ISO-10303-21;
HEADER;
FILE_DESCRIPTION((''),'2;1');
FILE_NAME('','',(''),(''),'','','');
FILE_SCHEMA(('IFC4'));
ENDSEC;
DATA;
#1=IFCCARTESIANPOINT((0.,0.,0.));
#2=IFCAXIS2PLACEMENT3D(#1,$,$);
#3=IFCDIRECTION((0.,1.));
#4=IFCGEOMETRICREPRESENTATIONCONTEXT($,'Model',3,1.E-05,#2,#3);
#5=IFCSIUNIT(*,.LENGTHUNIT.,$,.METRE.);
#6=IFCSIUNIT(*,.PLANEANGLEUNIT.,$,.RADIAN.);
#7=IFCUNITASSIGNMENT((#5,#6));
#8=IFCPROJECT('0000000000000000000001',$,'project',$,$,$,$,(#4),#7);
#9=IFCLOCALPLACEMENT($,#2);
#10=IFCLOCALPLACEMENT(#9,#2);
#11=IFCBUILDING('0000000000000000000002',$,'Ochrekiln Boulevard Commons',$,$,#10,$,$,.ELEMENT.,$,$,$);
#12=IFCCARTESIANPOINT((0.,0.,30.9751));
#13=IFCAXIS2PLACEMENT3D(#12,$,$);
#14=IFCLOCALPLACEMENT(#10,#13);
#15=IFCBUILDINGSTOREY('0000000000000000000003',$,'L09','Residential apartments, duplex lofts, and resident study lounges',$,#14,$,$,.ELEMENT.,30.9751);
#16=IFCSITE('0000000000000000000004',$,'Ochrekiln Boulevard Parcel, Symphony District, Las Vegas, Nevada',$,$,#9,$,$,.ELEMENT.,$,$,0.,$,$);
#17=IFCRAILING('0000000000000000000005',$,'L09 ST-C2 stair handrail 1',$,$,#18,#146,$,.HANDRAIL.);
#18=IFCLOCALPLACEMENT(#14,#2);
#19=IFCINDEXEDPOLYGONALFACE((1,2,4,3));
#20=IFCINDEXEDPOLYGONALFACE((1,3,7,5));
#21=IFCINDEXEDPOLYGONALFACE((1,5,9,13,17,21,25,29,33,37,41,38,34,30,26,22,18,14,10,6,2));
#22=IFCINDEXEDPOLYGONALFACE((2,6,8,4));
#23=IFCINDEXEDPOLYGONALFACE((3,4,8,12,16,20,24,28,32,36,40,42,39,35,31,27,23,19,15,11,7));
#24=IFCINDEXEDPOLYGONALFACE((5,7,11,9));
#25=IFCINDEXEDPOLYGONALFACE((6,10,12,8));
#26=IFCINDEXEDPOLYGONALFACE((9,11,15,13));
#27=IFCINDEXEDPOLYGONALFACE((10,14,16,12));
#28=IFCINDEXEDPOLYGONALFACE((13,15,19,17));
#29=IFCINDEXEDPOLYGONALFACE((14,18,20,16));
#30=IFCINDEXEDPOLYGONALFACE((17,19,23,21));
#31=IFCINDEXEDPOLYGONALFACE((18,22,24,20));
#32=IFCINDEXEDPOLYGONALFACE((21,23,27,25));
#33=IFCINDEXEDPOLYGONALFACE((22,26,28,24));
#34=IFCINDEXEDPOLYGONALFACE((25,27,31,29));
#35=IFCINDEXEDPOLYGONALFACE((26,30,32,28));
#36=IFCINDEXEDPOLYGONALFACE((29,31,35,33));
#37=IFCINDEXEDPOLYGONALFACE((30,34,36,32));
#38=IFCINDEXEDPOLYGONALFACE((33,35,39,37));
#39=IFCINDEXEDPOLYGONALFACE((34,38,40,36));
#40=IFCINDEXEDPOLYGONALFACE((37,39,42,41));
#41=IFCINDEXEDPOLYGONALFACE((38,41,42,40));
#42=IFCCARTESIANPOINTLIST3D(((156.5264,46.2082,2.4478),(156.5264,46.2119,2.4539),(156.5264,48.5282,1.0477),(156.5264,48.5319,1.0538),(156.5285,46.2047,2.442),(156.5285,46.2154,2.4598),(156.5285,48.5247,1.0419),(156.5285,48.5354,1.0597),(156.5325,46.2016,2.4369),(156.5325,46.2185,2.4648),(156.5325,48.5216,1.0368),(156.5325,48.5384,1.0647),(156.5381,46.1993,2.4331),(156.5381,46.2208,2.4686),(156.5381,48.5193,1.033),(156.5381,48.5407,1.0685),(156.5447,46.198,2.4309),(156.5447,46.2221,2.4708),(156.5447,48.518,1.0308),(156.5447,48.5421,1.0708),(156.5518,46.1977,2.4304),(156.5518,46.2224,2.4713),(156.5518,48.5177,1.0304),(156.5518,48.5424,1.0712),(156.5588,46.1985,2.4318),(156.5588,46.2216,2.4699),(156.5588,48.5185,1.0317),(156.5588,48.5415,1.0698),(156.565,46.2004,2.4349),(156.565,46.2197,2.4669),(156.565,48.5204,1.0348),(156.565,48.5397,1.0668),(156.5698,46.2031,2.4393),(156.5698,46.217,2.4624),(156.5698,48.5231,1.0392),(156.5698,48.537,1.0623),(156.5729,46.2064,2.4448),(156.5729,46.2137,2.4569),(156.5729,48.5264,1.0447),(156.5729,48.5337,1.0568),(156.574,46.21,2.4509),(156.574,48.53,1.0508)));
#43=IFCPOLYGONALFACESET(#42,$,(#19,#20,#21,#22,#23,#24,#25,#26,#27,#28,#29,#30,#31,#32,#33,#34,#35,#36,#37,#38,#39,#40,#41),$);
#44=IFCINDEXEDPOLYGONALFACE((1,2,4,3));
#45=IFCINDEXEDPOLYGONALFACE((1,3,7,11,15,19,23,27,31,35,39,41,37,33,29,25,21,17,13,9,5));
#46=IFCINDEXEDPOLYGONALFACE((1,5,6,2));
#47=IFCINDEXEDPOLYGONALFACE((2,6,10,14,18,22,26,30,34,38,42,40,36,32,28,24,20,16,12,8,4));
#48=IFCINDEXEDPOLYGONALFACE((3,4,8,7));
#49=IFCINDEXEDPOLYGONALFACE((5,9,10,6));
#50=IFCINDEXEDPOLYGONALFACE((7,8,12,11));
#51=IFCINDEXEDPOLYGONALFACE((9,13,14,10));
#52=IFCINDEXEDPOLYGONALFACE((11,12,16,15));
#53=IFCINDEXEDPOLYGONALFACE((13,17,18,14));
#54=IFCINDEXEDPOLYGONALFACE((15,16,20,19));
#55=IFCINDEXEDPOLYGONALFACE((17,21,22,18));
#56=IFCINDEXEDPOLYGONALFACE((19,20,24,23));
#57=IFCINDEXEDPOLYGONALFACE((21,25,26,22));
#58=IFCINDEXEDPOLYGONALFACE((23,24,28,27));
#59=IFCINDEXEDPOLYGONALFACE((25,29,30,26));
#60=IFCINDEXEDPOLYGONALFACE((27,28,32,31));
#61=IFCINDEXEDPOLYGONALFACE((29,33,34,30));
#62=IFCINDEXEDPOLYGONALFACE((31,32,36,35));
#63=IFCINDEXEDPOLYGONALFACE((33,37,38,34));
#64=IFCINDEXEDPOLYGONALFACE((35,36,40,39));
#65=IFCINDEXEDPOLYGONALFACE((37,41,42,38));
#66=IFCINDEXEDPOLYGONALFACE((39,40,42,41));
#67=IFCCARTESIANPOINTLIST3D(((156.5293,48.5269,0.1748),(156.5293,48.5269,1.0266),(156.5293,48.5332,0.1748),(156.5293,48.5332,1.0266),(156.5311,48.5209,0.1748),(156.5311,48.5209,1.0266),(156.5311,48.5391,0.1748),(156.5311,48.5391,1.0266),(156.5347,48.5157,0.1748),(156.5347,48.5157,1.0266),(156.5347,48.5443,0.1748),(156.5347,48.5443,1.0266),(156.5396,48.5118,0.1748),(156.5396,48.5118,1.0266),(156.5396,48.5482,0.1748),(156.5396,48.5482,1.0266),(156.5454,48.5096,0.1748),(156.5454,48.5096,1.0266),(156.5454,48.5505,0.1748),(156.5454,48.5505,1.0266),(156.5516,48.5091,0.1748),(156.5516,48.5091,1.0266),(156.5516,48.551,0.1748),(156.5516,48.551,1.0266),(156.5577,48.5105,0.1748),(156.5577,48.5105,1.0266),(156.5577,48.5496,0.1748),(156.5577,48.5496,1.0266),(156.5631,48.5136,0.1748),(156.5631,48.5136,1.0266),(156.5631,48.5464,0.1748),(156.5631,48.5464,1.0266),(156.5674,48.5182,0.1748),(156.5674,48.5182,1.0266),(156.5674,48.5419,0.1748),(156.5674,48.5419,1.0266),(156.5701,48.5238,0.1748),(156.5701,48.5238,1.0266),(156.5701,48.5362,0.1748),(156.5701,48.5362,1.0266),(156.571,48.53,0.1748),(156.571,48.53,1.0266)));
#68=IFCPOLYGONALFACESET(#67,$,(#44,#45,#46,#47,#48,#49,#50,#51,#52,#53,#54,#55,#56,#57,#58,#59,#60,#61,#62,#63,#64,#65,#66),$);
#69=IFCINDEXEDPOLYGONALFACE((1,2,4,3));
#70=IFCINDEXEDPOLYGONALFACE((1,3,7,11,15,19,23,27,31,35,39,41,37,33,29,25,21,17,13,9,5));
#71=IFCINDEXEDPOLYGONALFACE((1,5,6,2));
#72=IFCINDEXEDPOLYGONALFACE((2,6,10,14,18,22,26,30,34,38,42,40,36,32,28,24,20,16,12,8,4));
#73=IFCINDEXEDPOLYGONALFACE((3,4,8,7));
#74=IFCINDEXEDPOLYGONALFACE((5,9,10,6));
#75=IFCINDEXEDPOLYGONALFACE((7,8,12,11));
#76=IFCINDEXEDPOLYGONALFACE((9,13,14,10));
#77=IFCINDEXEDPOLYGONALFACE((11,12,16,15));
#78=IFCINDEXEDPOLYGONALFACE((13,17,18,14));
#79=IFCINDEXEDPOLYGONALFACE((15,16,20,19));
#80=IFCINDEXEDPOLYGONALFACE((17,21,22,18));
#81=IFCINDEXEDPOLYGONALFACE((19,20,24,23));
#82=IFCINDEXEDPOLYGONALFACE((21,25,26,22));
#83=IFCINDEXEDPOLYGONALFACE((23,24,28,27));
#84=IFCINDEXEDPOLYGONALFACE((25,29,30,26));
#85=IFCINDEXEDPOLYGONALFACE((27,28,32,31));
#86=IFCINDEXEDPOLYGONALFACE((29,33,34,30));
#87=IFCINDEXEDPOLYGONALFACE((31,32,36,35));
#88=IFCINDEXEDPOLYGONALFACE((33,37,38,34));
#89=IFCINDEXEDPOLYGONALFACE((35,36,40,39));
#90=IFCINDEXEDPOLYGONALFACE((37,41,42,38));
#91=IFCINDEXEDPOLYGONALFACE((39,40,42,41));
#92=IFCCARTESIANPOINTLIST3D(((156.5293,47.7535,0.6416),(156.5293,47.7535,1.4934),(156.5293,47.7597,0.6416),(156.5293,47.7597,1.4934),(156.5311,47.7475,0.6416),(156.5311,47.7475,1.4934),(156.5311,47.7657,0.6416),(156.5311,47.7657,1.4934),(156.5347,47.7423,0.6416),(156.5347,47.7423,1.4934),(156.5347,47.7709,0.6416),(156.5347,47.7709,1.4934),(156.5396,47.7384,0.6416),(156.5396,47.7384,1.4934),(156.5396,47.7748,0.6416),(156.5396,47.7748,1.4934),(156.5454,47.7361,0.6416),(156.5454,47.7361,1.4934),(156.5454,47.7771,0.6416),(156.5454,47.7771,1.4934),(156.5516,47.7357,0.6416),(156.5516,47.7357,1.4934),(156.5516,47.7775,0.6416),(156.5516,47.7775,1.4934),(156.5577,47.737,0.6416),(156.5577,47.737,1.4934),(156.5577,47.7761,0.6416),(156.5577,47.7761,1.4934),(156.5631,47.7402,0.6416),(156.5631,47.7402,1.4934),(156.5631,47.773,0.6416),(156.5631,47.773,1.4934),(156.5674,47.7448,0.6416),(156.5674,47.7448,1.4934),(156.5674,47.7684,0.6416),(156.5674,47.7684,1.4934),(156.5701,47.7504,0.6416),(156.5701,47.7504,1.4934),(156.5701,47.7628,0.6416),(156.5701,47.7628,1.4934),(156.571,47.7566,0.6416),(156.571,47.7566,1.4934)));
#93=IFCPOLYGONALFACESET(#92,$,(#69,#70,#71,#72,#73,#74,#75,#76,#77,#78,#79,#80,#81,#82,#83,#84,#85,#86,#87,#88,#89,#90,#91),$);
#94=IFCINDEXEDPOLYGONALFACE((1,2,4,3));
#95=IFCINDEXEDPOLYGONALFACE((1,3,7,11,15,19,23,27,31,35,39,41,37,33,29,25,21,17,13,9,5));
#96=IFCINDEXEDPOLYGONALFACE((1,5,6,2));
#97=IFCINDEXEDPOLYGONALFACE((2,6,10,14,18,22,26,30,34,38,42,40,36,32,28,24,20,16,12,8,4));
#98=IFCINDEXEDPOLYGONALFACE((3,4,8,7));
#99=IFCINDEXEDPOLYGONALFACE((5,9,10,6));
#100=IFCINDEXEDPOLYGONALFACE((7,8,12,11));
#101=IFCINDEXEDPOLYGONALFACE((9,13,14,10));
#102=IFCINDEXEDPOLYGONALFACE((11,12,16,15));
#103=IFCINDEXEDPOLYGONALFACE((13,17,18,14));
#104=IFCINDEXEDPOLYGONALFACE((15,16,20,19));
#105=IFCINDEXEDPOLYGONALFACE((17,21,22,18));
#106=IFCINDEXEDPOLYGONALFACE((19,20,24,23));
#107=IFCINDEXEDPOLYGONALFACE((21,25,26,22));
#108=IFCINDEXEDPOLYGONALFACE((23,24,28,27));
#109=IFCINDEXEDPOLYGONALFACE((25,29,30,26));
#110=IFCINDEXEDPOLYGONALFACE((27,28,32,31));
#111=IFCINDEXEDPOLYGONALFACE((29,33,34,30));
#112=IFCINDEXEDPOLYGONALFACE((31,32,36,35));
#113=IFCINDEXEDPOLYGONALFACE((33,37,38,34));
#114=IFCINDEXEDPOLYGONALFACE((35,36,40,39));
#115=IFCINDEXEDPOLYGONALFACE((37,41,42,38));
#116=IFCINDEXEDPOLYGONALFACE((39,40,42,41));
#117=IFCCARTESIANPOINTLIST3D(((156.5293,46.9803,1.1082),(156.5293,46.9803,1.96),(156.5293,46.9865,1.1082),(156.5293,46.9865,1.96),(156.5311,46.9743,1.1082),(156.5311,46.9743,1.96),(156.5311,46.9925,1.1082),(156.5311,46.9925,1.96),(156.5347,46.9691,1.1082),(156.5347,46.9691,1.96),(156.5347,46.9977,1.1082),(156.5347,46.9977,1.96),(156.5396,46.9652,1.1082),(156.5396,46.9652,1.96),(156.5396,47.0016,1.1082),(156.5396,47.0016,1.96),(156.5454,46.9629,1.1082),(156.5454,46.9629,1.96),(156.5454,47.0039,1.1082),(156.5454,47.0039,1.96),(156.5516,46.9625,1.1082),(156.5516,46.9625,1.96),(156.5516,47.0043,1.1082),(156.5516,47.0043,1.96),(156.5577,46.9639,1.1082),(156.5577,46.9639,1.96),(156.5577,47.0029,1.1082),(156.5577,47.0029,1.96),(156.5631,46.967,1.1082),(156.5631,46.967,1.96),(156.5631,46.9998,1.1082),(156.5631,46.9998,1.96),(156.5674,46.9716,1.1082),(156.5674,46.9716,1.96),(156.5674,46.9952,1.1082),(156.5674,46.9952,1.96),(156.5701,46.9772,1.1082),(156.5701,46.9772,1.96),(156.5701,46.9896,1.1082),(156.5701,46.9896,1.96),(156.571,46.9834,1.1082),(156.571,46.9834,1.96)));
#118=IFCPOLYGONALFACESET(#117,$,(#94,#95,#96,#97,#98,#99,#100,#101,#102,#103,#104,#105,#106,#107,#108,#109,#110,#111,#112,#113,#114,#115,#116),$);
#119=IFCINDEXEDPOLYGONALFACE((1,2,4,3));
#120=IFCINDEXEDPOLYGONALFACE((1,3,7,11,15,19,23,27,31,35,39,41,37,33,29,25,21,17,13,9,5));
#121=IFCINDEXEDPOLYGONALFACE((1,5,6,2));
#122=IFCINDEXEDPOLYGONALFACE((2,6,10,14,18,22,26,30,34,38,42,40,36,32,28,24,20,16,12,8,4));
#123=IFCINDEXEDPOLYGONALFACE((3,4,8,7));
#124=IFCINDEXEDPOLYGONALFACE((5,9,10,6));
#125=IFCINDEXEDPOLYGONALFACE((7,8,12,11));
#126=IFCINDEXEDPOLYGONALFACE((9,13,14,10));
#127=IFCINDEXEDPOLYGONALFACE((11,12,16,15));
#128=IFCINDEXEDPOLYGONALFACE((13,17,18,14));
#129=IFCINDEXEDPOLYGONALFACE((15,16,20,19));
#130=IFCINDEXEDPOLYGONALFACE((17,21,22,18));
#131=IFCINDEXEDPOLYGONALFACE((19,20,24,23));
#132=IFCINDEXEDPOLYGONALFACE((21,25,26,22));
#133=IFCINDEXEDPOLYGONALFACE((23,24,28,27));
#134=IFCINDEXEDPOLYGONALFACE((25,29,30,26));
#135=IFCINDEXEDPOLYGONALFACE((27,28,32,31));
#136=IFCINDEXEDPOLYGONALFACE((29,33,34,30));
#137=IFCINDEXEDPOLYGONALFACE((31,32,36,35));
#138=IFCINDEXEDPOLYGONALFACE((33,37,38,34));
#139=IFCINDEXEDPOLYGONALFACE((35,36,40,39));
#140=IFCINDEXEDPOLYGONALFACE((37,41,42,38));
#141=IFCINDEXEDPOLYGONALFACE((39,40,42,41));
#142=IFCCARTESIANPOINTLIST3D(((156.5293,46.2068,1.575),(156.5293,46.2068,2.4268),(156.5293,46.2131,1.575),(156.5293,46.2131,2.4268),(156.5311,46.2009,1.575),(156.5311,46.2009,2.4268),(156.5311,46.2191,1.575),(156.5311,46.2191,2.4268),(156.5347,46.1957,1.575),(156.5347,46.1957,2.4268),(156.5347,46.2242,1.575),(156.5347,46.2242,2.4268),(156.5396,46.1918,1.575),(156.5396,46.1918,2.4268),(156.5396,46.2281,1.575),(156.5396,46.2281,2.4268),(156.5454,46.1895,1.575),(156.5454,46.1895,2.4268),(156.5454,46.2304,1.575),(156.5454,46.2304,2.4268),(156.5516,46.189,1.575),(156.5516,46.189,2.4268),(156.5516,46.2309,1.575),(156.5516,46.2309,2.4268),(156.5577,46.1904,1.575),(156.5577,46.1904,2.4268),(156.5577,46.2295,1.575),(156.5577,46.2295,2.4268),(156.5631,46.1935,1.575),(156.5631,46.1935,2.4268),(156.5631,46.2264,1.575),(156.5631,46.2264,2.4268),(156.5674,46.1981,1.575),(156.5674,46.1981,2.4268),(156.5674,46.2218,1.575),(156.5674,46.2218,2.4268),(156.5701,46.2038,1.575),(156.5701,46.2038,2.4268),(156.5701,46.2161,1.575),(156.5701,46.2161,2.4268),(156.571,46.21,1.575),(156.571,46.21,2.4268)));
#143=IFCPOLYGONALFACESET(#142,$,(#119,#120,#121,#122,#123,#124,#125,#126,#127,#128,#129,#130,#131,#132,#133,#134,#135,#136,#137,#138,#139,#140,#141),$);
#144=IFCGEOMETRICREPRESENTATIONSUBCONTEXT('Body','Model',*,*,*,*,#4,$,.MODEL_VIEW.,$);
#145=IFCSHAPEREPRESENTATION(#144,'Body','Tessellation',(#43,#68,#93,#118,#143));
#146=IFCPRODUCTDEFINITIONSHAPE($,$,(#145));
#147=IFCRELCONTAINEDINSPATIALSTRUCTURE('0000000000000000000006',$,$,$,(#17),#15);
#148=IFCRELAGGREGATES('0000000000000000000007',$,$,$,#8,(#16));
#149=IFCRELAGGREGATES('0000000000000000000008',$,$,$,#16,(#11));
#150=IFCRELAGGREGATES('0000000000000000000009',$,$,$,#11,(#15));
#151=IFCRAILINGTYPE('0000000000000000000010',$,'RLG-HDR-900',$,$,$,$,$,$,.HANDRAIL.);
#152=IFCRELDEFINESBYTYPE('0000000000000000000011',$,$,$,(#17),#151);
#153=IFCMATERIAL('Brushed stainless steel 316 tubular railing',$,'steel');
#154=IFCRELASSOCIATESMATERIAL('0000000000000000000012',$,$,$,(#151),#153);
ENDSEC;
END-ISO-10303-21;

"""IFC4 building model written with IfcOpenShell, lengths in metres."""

from ifc_helpers import new_model, si_unit, direction, frame, origin, origin_2d, place, context, subcontext, project, spatial, circle, extrude, material, type_object, element, save


model = new_model("IFC4")

# Units and contexts
model_context = context("Model", 3, precision=1e-05, world=origin(), true_north=direction((0.0, 1.0)))
body_context = subcontext(model_context, "Body", "Model", "MODEL_VIEW")
ifc_project = project(units=[si_unit("LENGTHUNIT", "METRE"), si_unit("PLANEANGLEUNIT", "RADIAN")], contexts=[model_context])

# Site, building, storey
site_placement = place(None, origin())
site = spatial("IfcSite", under=ifc_project, at=site_placement, Name="Ochrekiln Boulevard Parcel, Symphony District, Las Vegas, Nevada", CompositionType="ELEMENT", RefElevation=0.0)
building_placement = place(site_placement, origin())
building = spatial("IfcBuilding", under=site, at=building_placement, Name="Ochrekiln Boulevard Commons", CompositionType="ELEMENT")
storey_placement = place(building_placement, frame((0.0, 0.0, 30.9751)))
storey = spatial("IfcBuildingStorey", under=building, at=storey_placement, Name="L09", Description="Residential apartments, duplex lofts, and resident study lounges", CompositionType="ELEMENT", Elevation=30.9751)

# Railing
ifc_material_1 = material(Name="Brushed stainless steel 316 tubular railing", Category="steel")
railing_type_1 = type_object("IfcRailingType", Name="RLG-HDR-900", PredefinedType="HANDRAIL", material=ifc_material_1)
railing_1_placement = place(storey_placement, frame((156.55, 48.53, 0.1748)))
element("IfcRailing", 1, at=railing_1_placement, inside=storey, type_object=railing_type_1, Name="L09 ST-C2 stair handrail 1", PredefinedType="HANDRAIL", context=body_context, shape_type="SweptSolid", body=[
    extrude(circle(Radius=0.0239, at=origin_2d()), frame((0.0, 0.0, 0.876), z_axis=(0.0, -0.85617, 0.516693), x_axis=(1.0, 0.0, 0.0)), (0.0, 0.0, 1.0), 2.7097),
    extrude(circle(Radius=0.021, at=origin_2d()), origin(), (0.0, 0.0, 1.0), 0.8518),
    extrude(circle(Radius=0.021, at=origin_2d()), frame((0.0, -0.7734, 0.4668)), (0.0, 0.0, 1.0), 0.8518),
    extrude(circle(Radius=0.021, at=origin_2d()), frame((0.0, -1.5466, 0.9333)), (0.0, 0.0, 1.0), 0.8518),
    extrude(circle(Radius=0.021, at=origin_2d()), frame((0.0, -2.3201, 1.4001)), (0.0, 0.0, 1.0), 0.8518),
])

save(model, "model.ifc")
